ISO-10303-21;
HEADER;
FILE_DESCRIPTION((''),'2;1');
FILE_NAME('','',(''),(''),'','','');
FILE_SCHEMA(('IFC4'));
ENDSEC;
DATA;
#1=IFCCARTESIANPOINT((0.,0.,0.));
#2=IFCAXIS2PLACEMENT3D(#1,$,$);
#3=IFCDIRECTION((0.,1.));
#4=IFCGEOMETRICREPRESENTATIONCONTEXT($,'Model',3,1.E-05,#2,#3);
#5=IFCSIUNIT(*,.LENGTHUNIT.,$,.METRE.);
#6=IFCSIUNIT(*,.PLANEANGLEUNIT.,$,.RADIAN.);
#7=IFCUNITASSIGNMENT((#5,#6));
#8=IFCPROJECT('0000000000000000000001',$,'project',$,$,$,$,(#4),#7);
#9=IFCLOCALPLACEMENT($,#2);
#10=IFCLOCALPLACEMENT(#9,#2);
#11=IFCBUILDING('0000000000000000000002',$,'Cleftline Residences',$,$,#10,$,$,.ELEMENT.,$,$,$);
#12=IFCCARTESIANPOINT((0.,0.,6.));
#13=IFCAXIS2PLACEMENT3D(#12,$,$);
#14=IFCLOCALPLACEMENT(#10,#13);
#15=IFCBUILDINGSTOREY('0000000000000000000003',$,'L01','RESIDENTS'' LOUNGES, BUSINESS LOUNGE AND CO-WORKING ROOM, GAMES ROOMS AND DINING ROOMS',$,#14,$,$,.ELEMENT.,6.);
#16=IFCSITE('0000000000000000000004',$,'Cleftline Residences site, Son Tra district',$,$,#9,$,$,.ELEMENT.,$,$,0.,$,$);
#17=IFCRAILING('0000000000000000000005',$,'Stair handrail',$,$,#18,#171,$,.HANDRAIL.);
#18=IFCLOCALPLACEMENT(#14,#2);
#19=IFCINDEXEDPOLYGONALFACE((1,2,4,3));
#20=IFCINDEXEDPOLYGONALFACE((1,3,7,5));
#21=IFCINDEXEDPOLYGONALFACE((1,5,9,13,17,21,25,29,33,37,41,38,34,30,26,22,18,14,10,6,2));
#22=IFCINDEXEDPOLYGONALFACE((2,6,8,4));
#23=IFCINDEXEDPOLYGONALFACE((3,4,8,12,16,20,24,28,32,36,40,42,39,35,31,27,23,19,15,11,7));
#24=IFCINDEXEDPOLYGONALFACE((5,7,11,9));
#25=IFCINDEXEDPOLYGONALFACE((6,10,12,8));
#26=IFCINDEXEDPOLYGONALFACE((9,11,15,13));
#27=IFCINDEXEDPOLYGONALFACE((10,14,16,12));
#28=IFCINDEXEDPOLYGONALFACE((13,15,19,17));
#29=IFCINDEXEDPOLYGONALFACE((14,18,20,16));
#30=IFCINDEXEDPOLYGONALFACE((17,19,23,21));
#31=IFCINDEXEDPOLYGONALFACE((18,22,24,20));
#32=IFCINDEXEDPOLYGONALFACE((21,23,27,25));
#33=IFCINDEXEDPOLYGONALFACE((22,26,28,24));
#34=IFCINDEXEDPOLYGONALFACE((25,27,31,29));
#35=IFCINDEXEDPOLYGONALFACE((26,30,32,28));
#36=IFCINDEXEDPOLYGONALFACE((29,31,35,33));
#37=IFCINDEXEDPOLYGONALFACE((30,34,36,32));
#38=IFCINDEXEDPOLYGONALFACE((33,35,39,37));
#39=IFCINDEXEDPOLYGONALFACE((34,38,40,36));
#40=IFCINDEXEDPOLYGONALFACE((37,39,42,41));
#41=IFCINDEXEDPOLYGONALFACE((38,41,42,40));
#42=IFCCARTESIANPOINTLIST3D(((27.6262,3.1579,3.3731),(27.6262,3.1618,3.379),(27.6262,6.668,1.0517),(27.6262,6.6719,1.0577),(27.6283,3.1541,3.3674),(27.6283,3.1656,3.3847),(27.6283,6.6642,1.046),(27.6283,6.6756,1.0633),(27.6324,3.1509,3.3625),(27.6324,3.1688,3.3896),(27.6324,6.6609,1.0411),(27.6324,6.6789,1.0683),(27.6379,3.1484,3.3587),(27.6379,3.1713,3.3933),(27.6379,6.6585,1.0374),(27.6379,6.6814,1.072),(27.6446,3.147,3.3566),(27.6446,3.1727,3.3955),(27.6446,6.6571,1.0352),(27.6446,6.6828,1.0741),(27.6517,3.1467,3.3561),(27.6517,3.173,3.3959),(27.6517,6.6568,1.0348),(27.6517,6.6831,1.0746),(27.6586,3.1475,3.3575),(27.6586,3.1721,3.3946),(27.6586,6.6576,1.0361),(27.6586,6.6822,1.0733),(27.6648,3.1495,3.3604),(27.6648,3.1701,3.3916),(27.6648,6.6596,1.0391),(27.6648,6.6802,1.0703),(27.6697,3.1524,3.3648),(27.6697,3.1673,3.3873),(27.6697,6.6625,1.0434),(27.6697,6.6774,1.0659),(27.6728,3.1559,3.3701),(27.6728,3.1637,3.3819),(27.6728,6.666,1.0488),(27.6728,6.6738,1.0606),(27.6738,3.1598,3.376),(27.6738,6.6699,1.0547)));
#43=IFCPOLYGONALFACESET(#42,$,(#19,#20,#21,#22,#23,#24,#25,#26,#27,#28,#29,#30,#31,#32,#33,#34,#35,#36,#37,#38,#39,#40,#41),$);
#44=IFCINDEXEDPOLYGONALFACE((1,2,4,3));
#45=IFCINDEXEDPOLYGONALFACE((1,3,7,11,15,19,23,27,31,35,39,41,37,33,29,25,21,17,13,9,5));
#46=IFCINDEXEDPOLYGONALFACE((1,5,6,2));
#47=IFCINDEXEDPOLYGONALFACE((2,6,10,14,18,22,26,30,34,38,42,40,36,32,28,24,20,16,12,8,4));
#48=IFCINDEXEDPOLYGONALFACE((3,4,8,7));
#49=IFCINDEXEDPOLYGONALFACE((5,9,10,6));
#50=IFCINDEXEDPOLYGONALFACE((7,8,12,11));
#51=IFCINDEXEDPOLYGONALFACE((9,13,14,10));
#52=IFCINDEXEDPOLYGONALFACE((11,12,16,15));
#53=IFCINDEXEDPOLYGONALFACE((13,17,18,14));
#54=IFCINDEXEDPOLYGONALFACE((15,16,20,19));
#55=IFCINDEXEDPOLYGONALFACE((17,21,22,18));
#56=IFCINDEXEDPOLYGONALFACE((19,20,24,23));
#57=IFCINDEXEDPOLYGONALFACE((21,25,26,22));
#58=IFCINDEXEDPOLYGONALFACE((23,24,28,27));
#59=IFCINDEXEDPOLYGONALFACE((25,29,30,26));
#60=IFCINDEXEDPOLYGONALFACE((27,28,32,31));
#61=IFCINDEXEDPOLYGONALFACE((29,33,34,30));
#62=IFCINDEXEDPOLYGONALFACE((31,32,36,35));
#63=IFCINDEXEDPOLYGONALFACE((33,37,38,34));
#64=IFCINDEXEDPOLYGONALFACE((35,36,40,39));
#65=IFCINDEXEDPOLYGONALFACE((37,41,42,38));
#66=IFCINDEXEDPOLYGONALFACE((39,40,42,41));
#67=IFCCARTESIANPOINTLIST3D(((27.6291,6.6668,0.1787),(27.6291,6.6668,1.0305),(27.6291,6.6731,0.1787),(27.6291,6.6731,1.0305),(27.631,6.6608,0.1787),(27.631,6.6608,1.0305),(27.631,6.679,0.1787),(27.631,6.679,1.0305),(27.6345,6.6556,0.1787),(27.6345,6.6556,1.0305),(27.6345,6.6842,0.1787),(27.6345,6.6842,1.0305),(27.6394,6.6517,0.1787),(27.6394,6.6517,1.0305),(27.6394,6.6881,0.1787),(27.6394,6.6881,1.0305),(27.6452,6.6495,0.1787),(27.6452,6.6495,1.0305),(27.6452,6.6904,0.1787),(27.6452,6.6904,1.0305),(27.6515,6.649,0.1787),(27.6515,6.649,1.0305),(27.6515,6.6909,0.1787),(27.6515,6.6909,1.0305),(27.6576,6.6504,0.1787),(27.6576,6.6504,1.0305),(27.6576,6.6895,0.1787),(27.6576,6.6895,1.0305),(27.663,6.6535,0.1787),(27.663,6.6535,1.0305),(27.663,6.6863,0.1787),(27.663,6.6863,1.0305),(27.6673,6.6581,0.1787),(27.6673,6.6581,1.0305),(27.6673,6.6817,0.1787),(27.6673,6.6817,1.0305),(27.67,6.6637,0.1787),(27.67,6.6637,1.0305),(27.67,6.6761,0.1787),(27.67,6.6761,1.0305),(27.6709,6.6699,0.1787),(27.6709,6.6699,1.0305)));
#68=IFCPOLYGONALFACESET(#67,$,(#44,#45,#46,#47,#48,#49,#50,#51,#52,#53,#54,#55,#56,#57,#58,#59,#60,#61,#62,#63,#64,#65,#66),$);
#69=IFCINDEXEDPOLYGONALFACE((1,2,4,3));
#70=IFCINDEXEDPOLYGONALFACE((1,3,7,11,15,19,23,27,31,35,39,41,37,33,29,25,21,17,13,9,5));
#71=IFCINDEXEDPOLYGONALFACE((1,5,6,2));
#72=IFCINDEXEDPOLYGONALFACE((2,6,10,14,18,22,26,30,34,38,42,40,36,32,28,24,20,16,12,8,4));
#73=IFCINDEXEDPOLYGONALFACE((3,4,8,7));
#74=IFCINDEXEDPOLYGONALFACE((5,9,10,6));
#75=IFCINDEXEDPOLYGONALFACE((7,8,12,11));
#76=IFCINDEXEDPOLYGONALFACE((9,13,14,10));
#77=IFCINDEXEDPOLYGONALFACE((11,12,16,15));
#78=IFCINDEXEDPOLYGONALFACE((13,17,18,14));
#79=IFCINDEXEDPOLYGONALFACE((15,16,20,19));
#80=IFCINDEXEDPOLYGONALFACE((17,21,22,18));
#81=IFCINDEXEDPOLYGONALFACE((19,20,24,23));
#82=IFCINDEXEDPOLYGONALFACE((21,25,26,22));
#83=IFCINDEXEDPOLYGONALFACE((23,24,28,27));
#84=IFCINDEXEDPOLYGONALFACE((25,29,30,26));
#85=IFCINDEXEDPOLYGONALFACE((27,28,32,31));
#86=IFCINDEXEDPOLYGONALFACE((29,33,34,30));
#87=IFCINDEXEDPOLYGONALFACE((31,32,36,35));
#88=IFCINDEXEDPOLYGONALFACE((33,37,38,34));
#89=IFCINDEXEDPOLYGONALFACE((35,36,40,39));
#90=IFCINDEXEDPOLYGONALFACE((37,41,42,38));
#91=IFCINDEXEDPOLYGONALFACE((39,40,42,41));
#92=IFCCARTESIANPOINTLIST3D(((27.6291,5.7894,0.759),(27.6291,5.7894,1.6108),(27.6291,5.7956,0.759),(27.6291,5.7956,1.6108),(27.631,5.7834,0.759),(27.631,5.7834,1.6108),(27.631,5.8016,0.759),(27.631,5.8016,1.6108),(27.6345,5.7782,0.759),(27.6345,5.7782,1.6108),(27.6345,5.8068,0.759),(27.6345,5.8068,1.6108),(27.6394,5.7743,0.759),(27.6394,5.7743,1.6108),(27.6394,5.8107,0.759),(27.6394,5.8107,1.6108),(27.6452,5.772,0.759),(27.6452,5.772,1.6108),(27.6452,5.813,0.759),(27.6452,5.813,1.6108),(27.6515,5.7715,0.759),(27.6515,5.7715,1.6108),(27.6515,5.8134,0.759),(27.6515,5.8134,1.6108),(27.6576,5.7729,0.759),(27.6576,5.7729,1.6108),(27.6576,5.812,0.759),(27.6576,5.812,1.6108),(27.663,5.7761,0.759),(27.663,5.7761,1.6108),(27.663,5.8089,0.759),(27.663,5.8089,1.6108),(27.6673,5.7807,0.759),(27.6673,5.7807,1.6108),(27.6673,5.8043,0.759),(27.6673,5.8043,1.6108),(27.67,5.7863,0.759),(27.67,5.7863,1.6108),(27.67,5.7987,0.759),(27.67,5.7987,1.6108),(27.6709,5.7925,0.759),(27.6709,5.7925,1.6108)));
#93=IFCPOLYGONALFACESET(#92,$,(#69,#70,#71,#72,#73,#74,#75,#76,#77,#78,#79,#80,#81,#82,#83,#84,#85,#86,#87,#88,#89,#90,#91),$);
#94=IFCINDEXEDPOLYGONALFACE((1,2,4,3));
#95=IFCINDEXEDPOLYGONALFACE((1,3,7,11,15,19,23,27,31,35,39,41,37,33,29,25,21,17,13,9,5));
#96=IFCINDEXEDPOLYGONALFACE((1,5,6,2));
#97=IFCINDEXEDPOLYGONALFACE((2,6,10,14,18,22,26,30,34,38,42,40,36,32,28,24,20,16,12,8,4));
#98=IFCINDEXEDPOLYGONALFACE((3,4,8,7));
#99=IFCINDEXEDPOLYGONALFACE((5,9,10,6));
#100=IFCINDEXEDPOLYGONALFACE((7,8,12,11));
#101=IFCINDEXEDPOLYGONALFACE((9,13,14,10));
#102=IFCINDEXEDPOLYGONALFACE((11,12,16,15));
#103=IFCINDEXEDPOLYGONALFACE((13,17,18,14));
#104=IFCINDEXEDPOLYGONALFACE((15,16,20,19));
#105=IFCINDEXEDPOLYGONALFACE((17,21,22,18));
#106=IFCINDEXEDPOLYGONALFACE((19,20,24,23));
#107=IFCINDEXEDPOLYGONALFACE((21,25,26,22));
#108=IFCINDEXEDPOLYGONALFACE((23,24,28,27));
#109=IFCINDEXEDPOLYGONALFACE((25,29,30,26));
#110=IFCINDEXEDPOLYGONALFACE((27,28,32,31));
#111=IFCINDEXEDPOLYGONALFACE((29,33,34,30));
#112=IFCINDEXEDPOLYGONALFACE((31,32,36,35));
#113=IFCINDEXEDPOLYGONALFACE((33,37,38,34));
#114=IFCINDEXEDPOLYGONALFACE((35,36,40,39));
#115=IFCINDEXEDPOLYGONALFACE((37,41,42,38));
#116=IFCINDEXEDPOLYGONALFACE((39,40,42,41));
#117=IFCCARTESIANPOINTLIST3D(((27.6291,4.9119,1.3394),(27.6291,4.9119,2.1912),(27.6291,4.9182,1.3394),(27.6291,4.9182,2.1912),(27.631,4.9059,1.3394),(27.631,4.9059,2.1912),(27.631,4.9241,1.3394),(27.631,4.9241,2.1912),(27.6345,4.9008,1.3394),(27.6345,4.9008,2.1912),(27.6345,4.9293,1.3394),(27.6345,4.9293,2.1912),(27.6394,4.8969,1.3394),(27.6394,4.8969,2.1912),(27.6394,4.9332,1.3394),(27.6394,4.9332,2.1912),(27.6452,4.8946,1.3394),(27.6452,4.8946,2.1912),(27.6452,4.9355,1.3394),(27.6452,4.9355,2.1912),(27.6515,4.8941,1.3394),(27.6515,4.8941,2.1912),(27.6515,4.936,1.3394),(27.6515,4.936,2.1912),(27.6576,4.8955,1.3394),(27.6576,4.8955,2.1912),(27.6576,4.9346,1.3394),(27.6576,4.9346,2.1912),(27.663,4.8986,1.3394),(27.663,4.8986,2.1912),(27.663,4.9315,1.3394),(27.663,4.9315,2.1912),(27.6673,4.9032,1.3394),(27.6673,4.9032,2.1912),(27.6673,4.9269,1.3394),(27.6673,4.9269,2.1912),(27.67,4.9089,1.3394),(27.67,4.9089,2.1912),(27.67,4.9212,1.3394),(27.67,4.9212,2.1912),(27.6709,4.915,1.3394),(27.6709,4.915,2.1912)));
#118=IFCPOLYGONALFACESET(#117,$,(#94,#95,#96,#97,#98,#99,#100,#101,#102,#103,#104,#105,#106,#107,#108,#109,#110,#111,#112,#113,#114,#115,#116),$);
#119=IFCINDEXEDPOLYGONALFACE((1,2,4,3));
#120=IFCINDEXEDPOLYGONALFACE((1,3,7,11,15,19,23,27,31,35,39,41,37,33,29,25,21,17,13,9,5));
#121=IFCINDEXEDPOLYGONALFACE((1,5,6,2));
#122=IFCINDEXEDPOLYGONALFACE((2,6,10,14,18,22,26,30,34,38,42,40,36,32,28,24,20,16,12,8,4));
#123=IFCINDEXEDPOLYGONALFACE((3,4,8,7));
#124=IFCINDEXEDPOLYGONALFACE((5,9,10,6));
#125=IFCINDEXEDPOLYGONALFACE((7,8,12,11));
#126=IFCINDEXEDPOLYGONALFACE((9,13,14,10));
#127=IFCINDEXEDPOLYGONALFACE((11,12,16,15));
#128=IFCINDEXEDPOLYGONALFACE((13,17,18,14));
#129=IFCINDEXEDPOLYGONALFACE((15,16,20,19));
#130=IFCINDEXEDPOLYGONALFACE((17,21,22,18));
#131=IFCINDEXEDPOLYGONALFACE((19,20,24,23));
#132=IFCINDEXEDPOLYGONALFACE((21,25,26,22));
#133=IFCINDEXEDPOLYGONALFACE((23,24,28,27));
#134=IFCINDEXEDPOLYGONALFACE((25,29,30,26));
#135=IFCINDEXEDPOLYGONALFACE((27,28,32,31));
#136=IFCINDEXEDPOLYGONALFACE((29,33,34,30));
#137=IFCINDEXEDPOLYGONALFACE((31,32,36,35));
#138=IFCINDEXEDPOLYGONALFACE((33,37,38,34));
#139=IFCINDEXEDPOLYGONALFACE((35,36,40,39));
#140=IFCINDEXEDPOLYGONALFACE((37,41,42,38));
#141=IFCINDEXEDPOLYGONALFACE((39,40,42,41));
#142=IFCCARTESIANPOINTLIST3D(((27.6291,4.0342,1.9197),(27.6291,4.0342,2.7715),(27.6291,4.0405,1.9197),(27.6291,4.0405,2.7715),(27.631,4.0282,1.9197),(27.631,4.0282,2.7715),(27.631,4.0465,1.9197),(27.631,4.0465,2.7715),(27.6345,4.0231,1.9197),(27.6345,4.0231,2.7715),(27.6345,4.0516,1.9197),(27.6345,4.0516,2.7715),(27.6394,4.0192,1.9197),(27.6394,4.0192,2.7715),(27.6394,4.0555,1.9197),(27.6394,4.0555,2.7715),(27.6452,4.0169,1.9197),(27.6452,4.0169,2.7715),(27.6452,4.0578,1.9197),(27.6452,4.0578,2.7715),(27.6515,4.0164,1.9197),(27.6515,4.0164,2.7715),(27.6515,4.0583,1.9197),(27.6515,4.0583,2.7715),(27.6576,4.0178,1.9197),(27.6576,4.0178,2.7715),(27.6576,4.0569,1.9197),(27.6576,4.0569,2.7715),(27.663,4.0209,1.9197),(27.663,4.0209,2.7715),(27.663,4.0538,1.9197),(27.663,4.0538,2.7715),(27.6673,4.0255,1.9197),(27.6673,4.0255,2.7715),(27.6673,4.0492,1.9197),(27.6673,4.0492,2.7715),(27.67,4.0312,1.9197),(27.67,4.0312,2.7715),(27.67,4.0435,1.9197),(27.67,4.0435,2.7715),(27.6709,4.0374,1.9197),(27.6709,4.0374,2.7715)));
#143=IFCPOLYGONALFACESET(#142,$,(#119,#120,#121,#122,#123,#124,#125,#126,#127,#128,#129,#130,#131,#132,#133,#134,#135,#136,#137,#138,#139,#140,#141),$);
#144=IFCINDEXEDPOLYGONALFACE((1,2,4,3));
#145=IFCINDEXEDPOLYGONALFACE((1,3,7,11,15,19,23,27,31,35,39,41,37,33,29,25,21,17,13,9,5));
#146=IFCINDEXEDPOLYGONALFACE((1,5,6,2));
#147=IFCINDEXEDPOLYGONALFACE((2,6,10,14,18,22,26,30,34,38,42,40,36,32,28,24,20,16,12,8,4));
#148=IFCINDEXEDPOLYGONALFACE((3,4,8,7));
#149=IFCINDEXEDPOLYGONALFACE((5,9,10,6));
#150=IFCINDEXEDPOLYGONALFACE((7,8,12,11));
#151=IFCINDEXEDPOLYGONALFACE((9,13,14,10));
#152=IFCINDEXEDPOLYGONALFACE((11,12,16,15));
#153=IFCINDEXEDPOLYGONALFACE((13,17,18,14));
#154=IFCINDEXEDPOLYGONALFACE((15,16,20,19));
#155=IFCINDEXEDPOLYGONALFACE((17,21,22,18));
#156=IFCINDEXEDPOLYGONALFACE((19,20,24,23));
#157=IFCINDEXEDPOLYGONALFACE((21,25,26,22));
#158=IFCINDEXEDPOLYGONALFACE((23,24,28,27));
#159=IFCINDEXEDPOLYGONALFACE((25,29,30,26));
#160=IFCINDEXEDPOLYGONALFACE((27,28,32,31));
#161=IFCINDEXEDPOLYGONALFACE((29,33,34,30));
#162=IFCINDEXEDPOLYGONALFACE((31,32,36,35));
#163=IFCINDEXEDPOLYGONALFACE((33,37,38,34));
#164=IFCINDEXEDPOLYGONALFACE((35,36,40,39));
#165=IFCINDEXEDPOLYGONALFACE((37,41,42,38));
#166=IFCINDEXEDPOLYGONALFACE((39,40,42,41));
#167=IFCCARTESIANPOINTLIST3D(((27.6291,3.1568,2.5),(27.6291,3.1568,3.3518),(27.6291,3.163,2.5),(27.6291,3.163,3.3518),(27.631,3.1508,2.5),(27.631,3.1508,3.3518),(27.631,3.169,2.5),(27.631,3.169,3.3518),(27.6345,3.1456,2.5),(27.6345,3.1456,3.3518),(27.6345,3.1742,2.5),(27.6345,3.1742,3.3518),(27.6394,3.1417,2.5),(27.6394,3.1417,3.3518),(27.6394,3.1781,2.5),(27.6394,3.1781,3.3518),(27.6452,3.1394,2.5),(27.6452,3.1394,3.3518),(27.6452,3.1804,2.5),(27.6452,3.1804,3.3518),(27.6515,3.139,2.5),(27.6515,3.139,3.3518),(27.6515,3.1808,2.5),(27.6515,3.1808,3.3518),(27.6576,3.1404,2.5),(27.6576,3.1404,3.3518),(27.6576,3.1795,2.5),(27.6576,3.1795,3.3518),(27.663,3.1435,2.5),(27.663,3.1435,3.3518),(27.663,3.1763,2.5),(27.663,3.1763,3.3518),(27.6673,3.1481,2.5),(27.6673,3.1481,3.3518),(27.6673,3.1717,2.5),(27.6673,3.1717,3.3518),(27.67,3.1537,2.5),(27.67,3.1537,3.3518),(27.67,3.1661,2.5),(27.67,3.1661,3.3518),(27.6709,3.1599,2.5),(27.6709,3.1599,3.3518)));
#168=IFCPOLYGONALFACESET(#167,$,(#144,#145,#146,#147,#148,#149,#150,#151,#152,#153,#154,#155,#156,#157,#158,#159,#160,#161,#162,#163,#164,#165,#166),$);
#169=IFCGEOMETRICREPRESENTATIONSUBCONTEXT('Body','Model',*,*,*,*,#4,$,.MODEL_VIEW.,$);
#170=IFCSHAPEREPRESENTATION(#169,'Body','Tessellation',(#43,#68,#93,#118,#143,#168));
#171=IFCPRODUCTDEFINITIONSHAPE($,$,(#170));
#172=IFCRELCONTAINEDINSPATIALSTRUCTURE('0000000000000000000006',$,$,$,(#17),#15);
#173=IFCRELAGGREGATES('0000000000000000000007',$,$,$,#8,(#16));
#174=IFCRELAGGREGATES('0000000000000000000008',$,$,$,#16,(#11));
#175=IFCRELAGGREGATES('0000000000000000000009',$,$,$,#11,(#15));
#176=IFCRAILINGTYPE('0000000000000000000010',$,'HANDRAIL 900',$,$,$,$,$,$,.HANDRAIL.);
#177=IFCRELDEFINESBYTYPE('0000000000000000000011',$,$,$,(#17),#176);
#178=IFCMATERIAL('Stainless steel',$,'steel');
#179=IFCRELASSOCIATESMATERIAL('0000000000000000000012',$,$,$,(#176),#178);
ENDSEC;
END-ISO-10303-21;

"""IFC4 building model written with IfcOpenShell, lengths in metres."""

from ifc_helpers import new_model, si_unit, direction, frame, origin, origin_2d, place, context, subcontext, project, spatial, circle, extrude, material, type_object, element, save


model = new_model("IFC4")

# Units and contexts
model_context = context("Model", 3, precision=1e-05, world=origin(), true_north=direction((0.0, 1.0)))
body_context = subcontext(model_context, "Body", "Model", "MODEL_VIEW")
ifc_project = project(units=[si_unit("LENGTHUNIT", "METRE"), si_unit("PLANEANGLEUNIT", "RADIAN")], contexts=[model_context])

# Site, building, storey
site_placement = place(None, origin())
site = spatial("IfcSite", under=ifc_project, at=site_placement, Name="Cleftline Residences site, Son Tra district", CompositionType="ELEMENT", RefElevation=0.0)
building_placement = place(site_placement, origin())
building = spatial("IfcBuilding", under=site, at=building_placement, Name="Cleftline Residences", CompositionType="ELEMENT")
storey_placement = place(building_placement, frame((0.0, 0.0, 6.0)))
storey = spatial("IfcBuildingStorey", under=building, at=storey_placement, Name="L01", Description="RESIDENTS' LOUNGES, BUSINESS LOUNGE AND CO-WORKING ROOM, GAMES ROOMS AND DINING ROOMS", CompositionType="ELEMENT", Elevation=6.0)

# Railing
ifc_material_1 = material(Name="Stainless steel", Category="steel")
railing_type = type_object("IfcRailingType", Name="HANDRAIL 900", PredefinedType="HANDRAIL", material=ifc_material_1)
railing_1_placement = place(storey_placement, frame((27.6499, 6.6699, 0.1787)))
element("IfcRailing", 1, at=railing_1_placement, inside=storey, type_object=railing_type, Name="Stair handrail", PredefinedType="HANDRAIL", context=body_context, shape_type="SweptSolid", body=[
    extrude(circle(Radius=0.0239, at=origin_2d()), frame((0.0, 0.0, 0.876), z_axis=(0.0, -0.834097, 0.551617), x_axis=(1.0, 0.0, 0.0)), (0.0, 0.0, 1.0), 4.2083),
    extrude(circle(Radius=0.021, at=origin_2d()), origin(), (0.0, 0.0, 1.0), 0.8518),
    extrude(circle(Radius=0.021, at=origin_2d()), frame((0.0, -0.8774, 0.5803)), (0.0, 0.0, 1.0), 0.8518),
    extrude(circle(Radius=0.021, at=origin_2d()), frame((0.0, -1.7549, 1.1606)), (0.0, 0.0, 1.0), 0.8518),
    extrude(circle(Radius=0.021, at=origin_2d()), frame((0.0, -2.6326, 1.741)), (0.0, 0.0, 1.0), 0.8518),
    extrude(circle(Radius=0.021, at=origin_2d()), frame((0.0, -3.51, 2.3213)), (0.0, 0.0, 1.0), 0.8518),
])

save(model, "model.ifc")
